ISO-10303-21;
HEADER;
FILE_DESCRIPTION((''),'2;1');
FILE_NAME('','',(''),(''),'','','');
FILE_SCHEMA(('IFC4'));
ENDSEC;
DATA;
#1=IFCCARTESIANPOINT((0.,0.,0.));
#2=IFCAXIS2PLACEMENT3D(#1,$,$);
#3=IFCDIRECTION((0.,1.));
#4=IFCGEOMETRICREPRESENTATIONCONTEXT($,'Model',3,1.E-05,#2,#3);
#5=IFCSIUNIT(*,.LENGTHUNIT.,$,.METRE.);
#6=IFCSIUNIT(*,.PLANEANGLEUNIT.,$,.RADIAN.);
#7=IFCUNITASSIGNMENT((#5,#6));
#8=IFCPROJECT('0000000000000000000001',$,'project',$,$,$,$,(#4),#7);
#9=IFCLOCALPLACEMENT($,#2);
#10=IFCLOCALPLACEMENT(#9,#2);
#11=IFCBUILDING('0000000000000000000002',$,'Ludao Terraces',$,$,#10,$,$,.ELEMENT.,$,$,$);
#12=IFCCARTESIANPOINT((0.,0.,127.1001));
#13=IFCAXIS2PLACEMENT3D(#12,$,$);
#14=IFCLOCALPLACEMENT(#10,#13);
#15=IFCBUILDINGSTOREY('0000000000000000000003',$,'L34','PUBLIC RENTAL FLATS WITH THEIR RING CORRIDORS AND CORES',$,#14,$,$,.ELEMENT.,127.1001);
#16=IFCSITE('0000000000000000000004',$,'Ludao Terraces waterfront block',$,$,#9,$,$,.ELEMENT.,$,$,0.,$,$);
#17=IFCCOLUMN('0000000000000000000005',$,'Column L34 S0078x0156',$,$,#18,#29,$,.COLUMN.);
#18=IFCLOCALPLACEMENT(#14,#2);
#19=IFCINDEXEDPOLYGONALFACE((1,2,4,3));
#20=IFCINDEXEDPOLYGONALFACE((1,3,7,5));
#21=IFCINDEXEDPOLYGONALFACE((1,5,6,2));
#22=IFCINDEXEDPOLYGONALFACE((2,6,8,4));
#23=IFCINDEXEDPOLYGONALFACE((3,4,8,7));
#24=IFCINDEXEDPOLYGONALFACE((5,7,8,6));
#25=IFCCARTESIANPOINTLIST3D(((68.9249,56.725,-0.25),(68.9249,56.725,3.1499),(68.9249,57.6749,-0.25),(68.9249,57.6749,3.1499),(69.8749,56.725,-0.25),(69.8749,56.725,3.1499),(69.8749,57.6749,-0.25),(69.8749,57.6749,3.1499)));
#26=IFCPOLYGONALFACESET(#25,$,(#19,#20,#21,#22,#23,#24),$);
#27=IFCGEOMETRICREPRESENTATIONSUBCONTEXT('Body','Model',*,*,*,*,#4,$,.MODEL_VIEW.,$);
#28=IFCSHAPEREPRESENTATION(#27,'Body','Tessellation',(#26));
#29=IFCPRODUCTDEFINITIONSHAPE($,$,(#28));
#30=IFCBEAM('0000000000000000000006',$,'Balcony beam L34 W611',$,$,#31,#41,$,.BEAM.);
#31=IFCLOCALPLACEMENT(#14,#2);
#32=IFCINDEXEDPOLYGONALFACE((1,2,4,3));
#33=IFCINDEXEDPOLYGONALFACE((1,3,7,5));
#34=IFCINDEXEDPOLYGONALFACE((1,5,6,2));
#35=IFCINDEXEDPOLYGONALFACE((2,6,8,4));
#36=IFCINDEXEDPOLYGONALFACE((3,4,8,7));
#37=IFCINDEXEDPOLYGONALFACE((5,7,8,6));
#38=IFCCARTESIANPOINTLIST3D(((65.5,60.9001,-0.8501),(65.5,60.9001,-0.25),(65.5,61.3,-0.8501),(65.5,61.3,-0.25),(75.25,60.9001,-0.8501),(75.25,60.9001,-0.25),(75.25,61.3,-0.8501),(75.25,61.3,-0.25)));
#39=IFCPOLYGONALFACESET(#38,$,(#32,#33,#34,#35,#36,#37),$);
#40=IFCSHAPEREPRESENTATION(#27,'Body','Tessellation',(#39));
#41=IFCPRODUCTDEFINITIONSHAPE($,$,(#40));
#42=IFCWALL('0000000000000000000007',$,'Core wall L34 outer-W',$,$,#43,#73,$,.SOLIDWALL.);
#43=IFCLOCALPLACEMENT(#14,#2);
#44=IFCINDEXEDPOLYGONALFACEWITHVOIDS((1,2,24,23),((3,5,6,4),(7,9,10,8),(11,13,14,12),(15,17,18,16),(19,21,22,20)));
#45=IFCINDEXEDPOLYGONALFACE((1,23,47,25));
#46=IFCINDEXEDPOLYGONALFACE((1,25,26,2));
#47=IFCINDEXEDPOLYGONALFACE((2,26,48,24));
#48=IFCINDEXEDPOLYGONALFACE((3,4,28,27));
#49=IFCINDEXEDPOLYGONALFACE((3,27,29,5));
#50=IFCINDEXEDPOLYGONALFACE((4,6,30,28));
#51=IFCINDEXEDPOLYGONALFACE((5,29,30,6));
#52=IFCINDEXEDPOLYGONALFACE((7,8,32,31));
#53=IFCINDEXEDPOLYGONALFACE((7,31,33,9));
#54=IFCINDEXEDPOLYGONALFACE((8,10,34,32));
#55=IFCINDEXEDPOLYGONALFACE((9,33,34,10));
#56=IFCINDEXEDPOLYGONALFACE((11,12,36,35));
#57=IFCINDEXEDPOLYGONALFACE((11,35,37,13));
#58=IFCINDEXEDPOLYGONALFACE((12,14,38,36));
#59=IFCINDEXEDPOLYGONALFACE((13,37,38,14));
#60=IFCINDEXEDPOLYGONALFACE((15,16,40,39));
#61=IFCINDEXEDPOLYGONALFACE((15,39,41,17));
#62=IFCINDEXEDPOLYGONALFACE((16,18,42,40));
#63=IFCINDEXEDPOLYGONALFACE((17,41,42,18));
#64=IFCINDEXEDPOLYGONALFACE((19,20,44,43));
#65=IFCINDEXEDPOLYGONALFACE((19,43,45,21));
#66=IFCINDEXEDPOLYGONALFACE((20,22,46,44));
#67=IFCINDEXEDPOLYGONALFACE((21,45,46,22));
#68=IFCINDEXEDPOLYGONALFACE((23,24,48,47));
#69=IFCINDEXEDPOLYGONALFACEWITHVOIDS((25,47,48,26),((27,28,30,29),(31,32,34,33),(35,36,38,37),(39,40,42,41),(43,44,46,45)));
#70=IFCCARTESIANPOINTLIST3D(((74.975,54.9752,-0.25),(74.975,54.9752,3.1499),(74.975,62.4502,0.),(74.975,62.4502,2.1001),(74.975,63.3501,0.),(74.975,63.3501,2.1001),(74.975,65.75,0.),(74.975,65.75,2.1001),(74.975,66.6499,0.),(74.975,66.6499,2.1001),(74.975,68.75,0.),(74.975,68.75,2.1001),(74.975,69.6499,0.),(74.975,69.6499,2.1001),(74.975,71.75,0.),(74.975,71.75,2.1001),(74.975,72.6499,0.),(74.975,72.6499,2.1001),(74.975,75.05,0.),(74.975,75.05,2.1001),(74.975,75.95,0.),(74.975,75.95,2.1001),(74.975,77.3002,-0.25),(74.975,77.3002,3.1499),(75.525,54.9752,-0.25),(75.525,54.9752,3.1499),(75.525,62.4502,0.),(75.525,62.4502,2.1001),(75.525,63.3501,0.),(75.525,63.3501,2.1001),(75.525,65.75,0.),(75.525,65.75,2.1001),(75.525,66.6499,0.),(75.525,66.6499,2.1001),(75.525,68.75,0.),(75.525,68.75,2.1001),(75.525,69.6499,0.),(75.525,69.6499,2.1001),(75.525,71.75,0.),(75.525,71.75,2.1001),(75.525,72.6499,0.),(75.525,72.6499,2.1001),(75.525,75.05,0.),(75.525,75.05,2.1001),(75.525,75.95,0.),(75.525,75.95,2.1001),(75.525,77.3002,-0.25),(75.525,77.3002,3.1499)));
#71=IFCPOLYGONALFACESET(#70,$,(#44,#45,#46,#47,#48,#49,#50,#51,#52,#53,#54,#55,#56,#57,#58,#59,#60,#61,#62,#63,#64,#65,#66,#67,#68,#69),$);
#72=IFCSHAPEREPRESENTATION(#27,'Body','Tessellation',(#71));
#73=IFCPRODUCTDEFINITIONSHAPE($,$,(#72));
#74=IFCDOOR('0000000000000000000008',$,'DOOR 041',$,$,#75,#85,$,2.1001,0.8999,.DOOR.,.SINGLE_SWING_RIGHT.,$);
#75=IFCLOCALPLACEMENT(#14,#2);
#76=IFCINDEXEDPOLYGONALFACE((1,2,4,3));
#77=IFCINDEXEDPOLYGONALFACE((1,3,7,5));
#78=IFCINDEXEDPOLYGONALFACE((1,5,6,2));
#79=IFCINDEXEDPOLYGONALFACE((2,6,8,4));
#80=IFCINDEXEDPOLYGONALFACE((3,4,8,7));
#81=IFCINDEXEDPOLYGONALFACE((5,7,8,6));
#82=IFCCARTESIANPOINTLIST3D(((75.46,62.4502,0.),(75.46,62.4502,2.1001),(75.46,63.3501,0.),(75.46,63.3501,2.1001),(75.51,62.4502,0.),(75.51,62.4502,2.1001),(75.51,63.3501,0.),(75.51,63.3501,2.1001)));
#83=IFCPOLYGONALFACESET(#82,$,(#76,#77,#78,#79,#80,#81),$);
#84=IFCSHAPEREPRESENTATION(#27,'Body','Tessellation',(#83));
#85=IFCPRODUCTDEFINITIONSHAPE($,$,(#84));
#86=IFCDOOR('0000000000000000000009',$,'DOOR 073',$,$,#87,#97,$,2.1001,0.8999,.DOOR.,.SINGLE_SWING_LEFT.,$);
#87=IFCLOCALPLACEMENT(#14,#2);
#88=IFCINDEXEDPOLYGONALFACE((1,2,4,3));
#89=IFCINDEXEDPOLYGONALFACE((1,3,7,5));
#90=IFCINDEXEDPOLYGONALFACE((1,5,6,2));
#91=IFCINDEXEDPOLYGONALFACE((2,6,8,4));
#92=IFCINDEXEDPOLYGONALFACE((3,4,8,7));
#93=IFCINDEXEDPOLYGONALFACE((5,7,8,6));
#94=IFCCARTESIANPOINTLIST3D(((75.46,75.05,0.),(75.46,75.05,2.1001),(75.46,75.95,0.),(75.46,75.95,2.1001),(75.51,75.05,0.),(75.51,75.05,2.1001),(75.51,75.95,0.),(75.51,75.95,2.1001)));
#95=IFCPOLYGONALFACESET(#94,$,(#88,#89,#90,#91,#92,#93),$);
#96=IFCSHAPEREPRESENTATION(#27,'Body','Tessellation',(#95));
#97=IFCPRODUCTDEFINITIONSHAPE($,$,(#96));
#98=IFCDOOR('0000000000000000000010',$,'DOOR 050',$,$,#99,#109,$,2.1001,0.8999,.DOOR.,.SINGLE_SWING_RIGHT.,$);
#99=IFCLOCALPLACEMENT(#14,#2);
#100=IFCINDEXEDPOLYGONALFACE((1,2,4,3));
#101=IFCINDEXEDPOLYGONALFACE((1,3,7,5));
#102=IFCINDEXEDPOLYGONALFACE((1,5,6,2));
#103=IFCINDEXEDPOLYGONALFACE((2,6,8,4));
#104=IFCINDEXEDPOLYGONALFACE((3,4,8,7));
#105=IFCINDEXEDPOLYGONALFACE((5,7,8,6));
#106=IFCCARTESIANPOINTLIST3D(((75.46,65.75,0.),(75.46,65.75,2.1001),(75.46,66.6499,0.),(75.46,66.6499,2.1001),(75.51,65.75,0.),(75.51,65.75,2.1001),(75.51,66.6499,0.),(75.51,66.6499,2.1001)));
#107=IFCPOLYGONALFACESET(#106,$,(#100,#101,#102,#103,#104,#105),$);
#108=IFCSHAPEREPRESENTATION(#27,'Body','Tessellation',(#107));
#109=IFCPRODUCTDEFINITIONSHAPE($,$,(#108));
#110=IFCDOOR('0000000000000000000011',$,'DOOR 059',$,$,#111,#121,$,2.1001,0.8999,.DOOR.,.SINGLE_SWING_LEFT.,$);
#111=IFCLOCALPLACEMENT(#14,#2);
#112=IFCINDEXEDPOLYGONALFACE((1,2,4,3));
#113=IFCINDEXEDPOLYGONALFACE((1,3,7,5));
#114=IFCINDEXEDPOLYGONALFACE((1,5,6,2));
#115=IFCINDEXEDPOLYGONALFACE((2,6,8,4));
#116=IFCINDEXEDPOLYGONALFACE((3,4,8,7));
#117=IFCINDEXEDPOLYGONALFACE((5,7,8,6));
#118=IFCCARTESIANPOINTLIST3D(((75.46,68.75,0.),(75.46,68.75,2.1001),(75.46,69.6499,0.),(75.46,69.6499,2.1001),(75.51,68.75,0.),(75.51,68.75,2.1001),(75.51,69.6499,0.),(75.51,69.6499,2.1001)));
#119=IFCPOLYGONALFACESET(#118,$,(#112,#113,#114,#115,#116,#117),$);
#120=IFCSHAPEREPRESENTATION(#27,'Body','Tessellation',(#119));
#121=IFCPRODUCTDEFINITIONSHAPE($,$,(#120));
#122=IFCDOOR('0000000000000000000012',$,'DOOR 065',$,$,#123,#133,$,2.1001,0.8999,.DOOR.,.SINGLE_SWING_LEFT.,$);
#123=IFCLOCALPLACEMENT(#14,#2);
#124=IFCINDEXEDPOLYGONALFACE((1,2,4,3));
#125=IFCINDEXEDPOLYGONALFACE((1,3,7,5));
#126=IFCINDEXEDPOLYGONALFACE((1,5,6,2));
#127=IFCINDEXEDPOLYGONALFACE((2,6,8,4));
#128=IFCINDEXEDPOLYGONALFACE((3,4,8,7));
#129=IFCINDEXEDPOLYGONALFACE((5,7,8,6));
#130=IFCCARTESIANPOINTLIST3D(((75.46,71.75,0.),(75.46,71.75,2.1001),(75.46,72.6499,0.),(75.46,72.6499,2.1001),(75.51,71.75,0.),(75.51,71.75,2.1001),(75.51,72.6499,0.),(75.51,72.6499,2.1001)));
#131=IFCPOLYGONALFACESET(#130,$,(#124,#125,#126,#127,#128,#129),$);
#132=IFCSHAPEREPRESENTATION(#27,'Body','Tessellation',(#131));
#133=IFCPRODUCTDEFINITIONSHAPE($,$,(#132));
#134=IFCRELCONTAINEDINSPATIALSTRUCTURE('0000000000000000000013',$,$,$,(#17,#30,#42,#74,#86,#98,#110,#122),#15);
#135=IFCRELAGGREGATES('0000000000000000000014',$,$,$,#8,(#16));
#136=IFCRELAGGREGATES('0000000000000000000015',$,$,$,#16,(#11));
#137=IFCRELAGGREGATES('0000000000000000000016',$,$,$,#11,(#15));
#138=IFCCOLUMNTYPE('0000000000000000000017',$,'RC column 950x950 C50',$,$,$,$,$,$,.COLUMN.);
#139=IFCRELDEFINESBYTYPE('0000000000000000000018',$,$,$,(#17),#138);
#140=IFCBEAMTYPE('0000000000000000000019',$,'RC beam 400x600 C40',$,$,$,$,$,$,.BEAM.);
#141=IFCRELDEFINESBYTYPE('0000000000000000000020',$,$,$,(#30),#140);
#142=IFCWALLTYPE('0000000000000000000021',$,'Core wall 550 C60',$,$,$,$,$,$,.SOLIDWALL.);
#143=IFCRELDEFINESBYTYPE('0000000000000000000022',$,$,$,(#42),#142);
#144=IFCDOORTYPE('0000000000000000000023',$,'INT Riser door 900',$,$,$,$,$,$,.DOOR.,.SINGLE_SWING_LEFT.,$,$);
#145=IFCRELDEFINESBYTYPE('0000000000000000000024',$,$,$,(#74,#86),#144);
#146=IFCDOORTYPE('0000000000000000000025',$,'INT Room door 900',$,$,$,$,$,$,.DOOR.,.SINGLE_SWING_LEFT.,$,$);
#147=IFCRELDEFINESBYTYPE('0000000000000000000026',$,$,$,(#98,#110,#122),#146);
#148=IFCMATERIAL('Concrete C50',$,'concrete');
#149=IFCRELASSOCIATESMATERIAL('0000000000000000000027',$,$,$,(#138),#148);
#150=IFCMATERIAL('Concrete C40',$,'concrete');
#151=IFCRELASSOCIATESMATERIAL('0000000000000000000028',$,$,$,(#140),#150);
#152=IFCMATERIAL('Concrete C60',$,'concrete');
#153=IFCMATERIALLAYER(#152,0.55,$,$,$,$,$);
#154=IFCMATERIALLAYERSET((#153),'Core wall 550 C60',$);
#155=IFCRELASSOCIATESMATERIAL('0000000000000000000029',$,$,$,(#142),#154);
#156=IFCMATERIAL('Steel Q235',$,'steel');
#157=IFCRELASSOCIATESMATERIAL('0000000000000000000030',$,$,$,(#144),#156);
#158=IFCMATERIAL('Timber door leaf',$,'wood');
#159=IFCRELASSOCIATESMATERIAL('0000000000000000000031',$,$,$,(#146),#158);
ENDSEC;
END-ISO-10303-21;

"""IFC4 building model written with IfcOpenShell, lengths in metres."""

from ifc_helpers import new_model, si_unit, direction, frame, frame_2d, origin, origin_2d, place, context, subcontext, project, spatial, rectangle, extrude, material, layer, layer_set, material_profile, profile_set, type_object, element, fill, save


model = new_model("IFC4")

# Units and contexts
model_context = context("Model", 3, precision=1e-05, world=origin(), true_north=direction((0.0, 1.0)))
body_context = subcontext(model_context, "Body", "Model", "MODEL_VIEW")
ifc_project = project(units=[si_unit("LENGTHUNIT", "METRE"), si_unit("PLANEANGLEUNIT", "RADIAN")], contexts=[model_context])

# Site, building, storey
site_placement = place(None, origin())
site = spatial("IfcSite", under=ifc_project, at=site_placement, Name="Ludao Terraces waterfront block", CompositionType="ELEMENT", RefElevation=0.0)
building_placement = place(site_placement, origin())
building = spatial("IfcBuilding", under=site, at=building_placement, Name="Ludao Terraces", CompositionType="ELEMENT")
storey_placement = place(building_placement, frame((0.0, 0.0, 127.1001)))
storey = spatial("IfcBuildingStorey", under=building, at=storey_placement, Name="L34", Description="PUBLIC RENTAL FLATS WITH THEIR RING CORRIDORS AND CORES", CompositionType="ELEMENT", Elevation=127.1001)

# Column
ifc_material_1 = material(Name="Concrete C50", Category="concrete")
ifc_material_profile_1 = material_profile(ifc_material_1, rectangle(XDim=0.95, YDim=0.95, at=origin_2d()), Name="950 X 950")
ifc_profile_set_1 = profile_set([ifc_material_profile_1], Name="Concrete C50")
column_type = type_object("IfcColumnType", Name="RC column 950x950 C50", PredefinedType="COLUMN", material=ifc_profile_set_1)
column_placement = place(storey_placement, frame((69.3999, 57.2, -0.25), z_axis=(0.0, 0.0, 1.0), x_axis=(1.0, 0.0, 0.0)))
element("IfcColumn", 1, at=column_placement, inside=storey, type_object=column_type, Name="Column L34 S0078x0156", PredefinedType="COLUMN", context=body_context, shape_type="SweptSolid", body=[
    extrude(rectangle(XDim=0.95, YDim=0.95, at=origin_2d()), origin(), (0.0, 0.0, 1.0), 3.3999),
])

# Beam
ifc_material_2 = material(Name="Concrete C40", Category="concrete")
ifc_material_profile_2 = material_profile(ifc_material_2, rectangle(XDim=0.3999, YDim=0.6001, at=origin_2d()), Name="400 X 600")
ifc_profile_set_2 = profile_set([ifc_material_profile_2], Name="Concrete C40")
beam_type = type_object("IfcBeamType", Name="RC beam 400x600 C40", PredefinedType="BEAM", material=ifc_profile_set_2)
beam_placement = place(storey_placement, frame((75.25, 61.1001, -0.55), z_axis=(-1.0, 0.0, 0.0), x_axis=(0.0, -1.0, 0.0)))
element("IfcBeam", 2, at=beam_placement, inside=storey, type_object=beam_type, Name="Balcony beam L34 W611", PredefinedType="BEAM", context=body_context, shape_type="SweptSolid", body=[
    extrude(rectangle(XDim=0.3999, YDim=0.6001, at=origin_2d()), origin(), (0.0, 0.0, 1.0), 9.75),
])

# Wall, openings, doors
ifc_material_3 = material(Name="Concrete C60", Category="concrete")
ifc_layer_1 = layer(ifc_material_3, 0.55)
ifc_layer_set_1 = layer_set([ifc_layer_1], Name="Core wall 550 C60")
wall_type_1 = type_object("IfcWallType", Name="Core wall 550 C60", PredefinedType="SOLIDWALL", material=ifc_layer_set_1)
wall_1_placement = place(storey_placement, frame((75.25, 54.9751, -0.25), z_axis=(0.0, 0.0, 1.0), x_axis=(0.0, 1.0, 0.0)))
wall_1 = element("IfcWall", 3, at=wall_1_placement, inside=storey, type_object=wall_type_1, Name="Core wall L34 outer-W", PredefinedType="SOLIDWALL", context=body_context, shape_type="SweptSolid", body=[
    extrude(rectangle(XDim=22.325, YDim=0.55, at=frame_2d((11.1626, 0.0))), origin(), (0.0, 0.0, 1.0), 3.3999),
])
opening_1_placement = place(wall_1_placement, frame((7.4751, 0.0, 0.25)))
opening_1 = element("IfcOpeningElement", 4, at=opening_1_placement, cuts=wall_1, PredefinedType="OPENING", context=body_context, shape_type="SweptSolid", body=[
    extrude(rectangle(XDim=0.8999, YDim=2.1001, at=frame_2d((0.45, 1.05))), frame((0.0, 0.2852, 0.0), z_axis=(0.0, -1.0, 0.0), x_axis=(1.0, 0.0, 0.0)), (0.0, 0.0, 1.0), 0.5701),
])
opening_2_placement = place(wall_1_placement, frame((10.7749, 0.0, 0.25)))
opening_2 = element("IfcOpeningElement", 5, at=opening_2_placement, cuts=wall_1, PredefinedType="OPENING", context=body_context, shape_type="SweptSolid", body=[
    extrude(rectangle(XDim=0.8999, YDim=2.1001, at=frame_2d((0.45, 1.05))), frame((0.0, 0.2852, 0.0), z_axis=(0.0, -1.0, 0.0), x_axis=(1.0, 0.0, 0.0)), (0.0, 0.0, 1.0), 0.5701),
])
opening_3_placement = place(wall_1_placement, frame((13.7749, 0.0, 0.25)))
opening_3 = element("IfcOpeningElement", 6, at=opening_3_placement, cuts=wall_1, PredefinedType="OPENING", context=body_context, shape_type="SweptSolid", body=[
    extrude(rectangle(XDim=0.8999, YDim=2.1001, at=frame_2d((0.45, 1.05))), frame((0.0, 0.2852, 0.0), z_axis=(0.0, -1.0, 0.0), x_axis=(1.0, 0.0, 0.0)), (0.0, 0.0, 1.0), 0.5701),
])
opening_4_placement = place(wall_1_placement, frame((16.7749, 0.0, 0.25)))
opening_4 = element("IfcOpeningElement", 7, at=opening_4_placement, cuts=wall_1, PredefinedType="OPENING", context=body_context, shape_type="SweptSolid", body=[
    extrude(rectangle(XDim=0.8999, YDim=2.1001, at=frame_2d((0.45, 1.05))), frame((0.0, 0.2852, 0.0), z_axis=(0.0, -1.0, 0.0), x_axis=(1.0, 0.0, 0.0)), (0.0, 0.0, 1.0), 0.5701),
])
opening_5_placement = place(wall_1_placement, frame((20.075, 0.0, 0.25)))
opening_5 = element("IfcOpeningElement", 8, at=opening_5_placement, cuts=wall_1, PredefinedType="OPENING", context=body_context, shape_type="SweptSolid", body=[
    extrude(rectangle(XDim=0.8999, YDim=2.1001, at=frame_2d((0.45, 1.05))), frame((0.0, 0.2852, 0.0), z_axis=(0.0, -1.0, 0.0), x_axis=(1.0, 0.0, 0.0)), (0.0, 0.0, 1.0), 0.5701),
])
ifc_material_4 = material(Name="Steel Q235", Category="steel")
door_type_1 = type_object("IfcDoorType", Name="INT Riser door 900", OperationType="SINGLE_SWING_LEFT", PredefinedType="DOOR", material=ifc_material_4)
door_1_placement = place(opening_1_placement, origin())
door_1 = element("IfcDoor", 9, at=door_1_placement, inside=storey, type_object=door_type_1, Name="DOOR 041", OperationType="SINGLE_SWING_RIGHT", OverallHeight=2.1001, OverallWidth=0.8999, PredefinedType="DOOR", context=body_context, shape_type="SweptSolid", body=[
    extrude(rectangle(XDim=0.8999, YDim=2.1001, at=frame_2d((0.45, 1.05))), frame((0.0, -0.21, 0.0), z_axis=(0.0, -1.0, 0.0), x_axis=(1.0, 0.0, 0.0)), (0.0, 0.0, 1.0), 0.05),
])
fill(opening_1, door_1)
door_2_placement = place(opening_5_placement, origin())
door_2 = element("IfcDoor", 10, at=door_2_placement, inside=storey, type_object=door_type_1, Name="DOOR 073", OperationType="SINGLE_SWING_LEFT", OverallHeight=2.1001, OverallWidth=0.8999, PredefinedType="DOOR", context=body_context, shape_type="SweptSolid", body=[
    extrude(rectangle(XDim=0.8999, YDim=2.1001, at=frame_2d((0.45, 1.05))), frame((0.0, -0.21, 0.0), z_axis=(0.0, -1.0, 0.0), x_axis=(1.0, 0.0, 0.0)), (0.0, 0.0, 1.0), 0.05),
])
fill(opening_5, door_2)
ifc_material_5 = material(Name="Timber door leaf", Category="wood")
door_type_2 = type_object("IfcDoorType", Name="INT Room door 900", OperationType="SINGLE_SWING_LEFT", PredefinedType="DOOR", material=ifc_material_5)
door_3_placement = place(opening_2_placement, origin())
door_3 = element("IfcDoor", 11, at=door_3_placement, inside=storey, type_object=door_type_2, Name="DOOR 050", OperationType="SINGLE_SWING_RIGHT", OverallHeight=2.1001, OverallWidth=0.8999, PredefinedType="DOOR", context=body_context, shape_type="SweptSolid", body=[
    extrude(rectangle(XDim=0.8999, YDim=2.1001, at=frame_2d((0.45, 1.05))), frame((0.0, -0.21, 0.0), z_axis=(0.0, -1.0, 0.0), x_axis=(1.0, 0.0, 0.0)), (0.0, 0.0, 1.0), 0.05),
])
fill(opening_2, door_3)
door_4_placement = place(opening_3_placement, origin())
door_4 = element("IfcDoor", 12, at=door_4_placement, inside=storey, type_object=door_type_2, Name="DOOR 059", OperationType="SINGLE_SWING_LEFT", OverallHeight=2.1001, OverallWidth=0.8999, PredefinedType="DOOR", context=body_context, shape_type="SweptSolid", body=[
    extrude(rectangle(XDim=0.8999, YDim=2.1001, at=frame_2d((0.45, 1.05))), frame((0.0, -0.21, 0.0), z_axis=(0.0, -1.0, 0.0), x_axis=(1.0, 0.0, 0.0)), (0.0, 0.0, 1.0), 0.05),
])
fill(opening_3, door_4)
door_5_placement = place(opening_4_placement, origin())
door_5 = element("IfcDoor", 13, at=door_5_placement, inside=storey, type_object=door_type_2, Name="DOOR 065", OperationType="SINGLE_SWING_LEFT", OverallHeight=2.1001, OverallWidth=0.8999, PredefinedType="DOOR", context=body_context, shape_type="SweptSolid", body=[
    extrude(rectangle(XDim=0.8999, YDim=2.1001, at=frame_2d((0.45, 1.05))), frame((0.0, -0.21, 0.0), z_axis=(0.0, -1.0, 0.0), x_axis=(1.0, 0.0, 0.0)), (0.0, 0.0, 1.0), 0.05),
])
fill(opening_4, door_5)

save(model, "model.ifc")
